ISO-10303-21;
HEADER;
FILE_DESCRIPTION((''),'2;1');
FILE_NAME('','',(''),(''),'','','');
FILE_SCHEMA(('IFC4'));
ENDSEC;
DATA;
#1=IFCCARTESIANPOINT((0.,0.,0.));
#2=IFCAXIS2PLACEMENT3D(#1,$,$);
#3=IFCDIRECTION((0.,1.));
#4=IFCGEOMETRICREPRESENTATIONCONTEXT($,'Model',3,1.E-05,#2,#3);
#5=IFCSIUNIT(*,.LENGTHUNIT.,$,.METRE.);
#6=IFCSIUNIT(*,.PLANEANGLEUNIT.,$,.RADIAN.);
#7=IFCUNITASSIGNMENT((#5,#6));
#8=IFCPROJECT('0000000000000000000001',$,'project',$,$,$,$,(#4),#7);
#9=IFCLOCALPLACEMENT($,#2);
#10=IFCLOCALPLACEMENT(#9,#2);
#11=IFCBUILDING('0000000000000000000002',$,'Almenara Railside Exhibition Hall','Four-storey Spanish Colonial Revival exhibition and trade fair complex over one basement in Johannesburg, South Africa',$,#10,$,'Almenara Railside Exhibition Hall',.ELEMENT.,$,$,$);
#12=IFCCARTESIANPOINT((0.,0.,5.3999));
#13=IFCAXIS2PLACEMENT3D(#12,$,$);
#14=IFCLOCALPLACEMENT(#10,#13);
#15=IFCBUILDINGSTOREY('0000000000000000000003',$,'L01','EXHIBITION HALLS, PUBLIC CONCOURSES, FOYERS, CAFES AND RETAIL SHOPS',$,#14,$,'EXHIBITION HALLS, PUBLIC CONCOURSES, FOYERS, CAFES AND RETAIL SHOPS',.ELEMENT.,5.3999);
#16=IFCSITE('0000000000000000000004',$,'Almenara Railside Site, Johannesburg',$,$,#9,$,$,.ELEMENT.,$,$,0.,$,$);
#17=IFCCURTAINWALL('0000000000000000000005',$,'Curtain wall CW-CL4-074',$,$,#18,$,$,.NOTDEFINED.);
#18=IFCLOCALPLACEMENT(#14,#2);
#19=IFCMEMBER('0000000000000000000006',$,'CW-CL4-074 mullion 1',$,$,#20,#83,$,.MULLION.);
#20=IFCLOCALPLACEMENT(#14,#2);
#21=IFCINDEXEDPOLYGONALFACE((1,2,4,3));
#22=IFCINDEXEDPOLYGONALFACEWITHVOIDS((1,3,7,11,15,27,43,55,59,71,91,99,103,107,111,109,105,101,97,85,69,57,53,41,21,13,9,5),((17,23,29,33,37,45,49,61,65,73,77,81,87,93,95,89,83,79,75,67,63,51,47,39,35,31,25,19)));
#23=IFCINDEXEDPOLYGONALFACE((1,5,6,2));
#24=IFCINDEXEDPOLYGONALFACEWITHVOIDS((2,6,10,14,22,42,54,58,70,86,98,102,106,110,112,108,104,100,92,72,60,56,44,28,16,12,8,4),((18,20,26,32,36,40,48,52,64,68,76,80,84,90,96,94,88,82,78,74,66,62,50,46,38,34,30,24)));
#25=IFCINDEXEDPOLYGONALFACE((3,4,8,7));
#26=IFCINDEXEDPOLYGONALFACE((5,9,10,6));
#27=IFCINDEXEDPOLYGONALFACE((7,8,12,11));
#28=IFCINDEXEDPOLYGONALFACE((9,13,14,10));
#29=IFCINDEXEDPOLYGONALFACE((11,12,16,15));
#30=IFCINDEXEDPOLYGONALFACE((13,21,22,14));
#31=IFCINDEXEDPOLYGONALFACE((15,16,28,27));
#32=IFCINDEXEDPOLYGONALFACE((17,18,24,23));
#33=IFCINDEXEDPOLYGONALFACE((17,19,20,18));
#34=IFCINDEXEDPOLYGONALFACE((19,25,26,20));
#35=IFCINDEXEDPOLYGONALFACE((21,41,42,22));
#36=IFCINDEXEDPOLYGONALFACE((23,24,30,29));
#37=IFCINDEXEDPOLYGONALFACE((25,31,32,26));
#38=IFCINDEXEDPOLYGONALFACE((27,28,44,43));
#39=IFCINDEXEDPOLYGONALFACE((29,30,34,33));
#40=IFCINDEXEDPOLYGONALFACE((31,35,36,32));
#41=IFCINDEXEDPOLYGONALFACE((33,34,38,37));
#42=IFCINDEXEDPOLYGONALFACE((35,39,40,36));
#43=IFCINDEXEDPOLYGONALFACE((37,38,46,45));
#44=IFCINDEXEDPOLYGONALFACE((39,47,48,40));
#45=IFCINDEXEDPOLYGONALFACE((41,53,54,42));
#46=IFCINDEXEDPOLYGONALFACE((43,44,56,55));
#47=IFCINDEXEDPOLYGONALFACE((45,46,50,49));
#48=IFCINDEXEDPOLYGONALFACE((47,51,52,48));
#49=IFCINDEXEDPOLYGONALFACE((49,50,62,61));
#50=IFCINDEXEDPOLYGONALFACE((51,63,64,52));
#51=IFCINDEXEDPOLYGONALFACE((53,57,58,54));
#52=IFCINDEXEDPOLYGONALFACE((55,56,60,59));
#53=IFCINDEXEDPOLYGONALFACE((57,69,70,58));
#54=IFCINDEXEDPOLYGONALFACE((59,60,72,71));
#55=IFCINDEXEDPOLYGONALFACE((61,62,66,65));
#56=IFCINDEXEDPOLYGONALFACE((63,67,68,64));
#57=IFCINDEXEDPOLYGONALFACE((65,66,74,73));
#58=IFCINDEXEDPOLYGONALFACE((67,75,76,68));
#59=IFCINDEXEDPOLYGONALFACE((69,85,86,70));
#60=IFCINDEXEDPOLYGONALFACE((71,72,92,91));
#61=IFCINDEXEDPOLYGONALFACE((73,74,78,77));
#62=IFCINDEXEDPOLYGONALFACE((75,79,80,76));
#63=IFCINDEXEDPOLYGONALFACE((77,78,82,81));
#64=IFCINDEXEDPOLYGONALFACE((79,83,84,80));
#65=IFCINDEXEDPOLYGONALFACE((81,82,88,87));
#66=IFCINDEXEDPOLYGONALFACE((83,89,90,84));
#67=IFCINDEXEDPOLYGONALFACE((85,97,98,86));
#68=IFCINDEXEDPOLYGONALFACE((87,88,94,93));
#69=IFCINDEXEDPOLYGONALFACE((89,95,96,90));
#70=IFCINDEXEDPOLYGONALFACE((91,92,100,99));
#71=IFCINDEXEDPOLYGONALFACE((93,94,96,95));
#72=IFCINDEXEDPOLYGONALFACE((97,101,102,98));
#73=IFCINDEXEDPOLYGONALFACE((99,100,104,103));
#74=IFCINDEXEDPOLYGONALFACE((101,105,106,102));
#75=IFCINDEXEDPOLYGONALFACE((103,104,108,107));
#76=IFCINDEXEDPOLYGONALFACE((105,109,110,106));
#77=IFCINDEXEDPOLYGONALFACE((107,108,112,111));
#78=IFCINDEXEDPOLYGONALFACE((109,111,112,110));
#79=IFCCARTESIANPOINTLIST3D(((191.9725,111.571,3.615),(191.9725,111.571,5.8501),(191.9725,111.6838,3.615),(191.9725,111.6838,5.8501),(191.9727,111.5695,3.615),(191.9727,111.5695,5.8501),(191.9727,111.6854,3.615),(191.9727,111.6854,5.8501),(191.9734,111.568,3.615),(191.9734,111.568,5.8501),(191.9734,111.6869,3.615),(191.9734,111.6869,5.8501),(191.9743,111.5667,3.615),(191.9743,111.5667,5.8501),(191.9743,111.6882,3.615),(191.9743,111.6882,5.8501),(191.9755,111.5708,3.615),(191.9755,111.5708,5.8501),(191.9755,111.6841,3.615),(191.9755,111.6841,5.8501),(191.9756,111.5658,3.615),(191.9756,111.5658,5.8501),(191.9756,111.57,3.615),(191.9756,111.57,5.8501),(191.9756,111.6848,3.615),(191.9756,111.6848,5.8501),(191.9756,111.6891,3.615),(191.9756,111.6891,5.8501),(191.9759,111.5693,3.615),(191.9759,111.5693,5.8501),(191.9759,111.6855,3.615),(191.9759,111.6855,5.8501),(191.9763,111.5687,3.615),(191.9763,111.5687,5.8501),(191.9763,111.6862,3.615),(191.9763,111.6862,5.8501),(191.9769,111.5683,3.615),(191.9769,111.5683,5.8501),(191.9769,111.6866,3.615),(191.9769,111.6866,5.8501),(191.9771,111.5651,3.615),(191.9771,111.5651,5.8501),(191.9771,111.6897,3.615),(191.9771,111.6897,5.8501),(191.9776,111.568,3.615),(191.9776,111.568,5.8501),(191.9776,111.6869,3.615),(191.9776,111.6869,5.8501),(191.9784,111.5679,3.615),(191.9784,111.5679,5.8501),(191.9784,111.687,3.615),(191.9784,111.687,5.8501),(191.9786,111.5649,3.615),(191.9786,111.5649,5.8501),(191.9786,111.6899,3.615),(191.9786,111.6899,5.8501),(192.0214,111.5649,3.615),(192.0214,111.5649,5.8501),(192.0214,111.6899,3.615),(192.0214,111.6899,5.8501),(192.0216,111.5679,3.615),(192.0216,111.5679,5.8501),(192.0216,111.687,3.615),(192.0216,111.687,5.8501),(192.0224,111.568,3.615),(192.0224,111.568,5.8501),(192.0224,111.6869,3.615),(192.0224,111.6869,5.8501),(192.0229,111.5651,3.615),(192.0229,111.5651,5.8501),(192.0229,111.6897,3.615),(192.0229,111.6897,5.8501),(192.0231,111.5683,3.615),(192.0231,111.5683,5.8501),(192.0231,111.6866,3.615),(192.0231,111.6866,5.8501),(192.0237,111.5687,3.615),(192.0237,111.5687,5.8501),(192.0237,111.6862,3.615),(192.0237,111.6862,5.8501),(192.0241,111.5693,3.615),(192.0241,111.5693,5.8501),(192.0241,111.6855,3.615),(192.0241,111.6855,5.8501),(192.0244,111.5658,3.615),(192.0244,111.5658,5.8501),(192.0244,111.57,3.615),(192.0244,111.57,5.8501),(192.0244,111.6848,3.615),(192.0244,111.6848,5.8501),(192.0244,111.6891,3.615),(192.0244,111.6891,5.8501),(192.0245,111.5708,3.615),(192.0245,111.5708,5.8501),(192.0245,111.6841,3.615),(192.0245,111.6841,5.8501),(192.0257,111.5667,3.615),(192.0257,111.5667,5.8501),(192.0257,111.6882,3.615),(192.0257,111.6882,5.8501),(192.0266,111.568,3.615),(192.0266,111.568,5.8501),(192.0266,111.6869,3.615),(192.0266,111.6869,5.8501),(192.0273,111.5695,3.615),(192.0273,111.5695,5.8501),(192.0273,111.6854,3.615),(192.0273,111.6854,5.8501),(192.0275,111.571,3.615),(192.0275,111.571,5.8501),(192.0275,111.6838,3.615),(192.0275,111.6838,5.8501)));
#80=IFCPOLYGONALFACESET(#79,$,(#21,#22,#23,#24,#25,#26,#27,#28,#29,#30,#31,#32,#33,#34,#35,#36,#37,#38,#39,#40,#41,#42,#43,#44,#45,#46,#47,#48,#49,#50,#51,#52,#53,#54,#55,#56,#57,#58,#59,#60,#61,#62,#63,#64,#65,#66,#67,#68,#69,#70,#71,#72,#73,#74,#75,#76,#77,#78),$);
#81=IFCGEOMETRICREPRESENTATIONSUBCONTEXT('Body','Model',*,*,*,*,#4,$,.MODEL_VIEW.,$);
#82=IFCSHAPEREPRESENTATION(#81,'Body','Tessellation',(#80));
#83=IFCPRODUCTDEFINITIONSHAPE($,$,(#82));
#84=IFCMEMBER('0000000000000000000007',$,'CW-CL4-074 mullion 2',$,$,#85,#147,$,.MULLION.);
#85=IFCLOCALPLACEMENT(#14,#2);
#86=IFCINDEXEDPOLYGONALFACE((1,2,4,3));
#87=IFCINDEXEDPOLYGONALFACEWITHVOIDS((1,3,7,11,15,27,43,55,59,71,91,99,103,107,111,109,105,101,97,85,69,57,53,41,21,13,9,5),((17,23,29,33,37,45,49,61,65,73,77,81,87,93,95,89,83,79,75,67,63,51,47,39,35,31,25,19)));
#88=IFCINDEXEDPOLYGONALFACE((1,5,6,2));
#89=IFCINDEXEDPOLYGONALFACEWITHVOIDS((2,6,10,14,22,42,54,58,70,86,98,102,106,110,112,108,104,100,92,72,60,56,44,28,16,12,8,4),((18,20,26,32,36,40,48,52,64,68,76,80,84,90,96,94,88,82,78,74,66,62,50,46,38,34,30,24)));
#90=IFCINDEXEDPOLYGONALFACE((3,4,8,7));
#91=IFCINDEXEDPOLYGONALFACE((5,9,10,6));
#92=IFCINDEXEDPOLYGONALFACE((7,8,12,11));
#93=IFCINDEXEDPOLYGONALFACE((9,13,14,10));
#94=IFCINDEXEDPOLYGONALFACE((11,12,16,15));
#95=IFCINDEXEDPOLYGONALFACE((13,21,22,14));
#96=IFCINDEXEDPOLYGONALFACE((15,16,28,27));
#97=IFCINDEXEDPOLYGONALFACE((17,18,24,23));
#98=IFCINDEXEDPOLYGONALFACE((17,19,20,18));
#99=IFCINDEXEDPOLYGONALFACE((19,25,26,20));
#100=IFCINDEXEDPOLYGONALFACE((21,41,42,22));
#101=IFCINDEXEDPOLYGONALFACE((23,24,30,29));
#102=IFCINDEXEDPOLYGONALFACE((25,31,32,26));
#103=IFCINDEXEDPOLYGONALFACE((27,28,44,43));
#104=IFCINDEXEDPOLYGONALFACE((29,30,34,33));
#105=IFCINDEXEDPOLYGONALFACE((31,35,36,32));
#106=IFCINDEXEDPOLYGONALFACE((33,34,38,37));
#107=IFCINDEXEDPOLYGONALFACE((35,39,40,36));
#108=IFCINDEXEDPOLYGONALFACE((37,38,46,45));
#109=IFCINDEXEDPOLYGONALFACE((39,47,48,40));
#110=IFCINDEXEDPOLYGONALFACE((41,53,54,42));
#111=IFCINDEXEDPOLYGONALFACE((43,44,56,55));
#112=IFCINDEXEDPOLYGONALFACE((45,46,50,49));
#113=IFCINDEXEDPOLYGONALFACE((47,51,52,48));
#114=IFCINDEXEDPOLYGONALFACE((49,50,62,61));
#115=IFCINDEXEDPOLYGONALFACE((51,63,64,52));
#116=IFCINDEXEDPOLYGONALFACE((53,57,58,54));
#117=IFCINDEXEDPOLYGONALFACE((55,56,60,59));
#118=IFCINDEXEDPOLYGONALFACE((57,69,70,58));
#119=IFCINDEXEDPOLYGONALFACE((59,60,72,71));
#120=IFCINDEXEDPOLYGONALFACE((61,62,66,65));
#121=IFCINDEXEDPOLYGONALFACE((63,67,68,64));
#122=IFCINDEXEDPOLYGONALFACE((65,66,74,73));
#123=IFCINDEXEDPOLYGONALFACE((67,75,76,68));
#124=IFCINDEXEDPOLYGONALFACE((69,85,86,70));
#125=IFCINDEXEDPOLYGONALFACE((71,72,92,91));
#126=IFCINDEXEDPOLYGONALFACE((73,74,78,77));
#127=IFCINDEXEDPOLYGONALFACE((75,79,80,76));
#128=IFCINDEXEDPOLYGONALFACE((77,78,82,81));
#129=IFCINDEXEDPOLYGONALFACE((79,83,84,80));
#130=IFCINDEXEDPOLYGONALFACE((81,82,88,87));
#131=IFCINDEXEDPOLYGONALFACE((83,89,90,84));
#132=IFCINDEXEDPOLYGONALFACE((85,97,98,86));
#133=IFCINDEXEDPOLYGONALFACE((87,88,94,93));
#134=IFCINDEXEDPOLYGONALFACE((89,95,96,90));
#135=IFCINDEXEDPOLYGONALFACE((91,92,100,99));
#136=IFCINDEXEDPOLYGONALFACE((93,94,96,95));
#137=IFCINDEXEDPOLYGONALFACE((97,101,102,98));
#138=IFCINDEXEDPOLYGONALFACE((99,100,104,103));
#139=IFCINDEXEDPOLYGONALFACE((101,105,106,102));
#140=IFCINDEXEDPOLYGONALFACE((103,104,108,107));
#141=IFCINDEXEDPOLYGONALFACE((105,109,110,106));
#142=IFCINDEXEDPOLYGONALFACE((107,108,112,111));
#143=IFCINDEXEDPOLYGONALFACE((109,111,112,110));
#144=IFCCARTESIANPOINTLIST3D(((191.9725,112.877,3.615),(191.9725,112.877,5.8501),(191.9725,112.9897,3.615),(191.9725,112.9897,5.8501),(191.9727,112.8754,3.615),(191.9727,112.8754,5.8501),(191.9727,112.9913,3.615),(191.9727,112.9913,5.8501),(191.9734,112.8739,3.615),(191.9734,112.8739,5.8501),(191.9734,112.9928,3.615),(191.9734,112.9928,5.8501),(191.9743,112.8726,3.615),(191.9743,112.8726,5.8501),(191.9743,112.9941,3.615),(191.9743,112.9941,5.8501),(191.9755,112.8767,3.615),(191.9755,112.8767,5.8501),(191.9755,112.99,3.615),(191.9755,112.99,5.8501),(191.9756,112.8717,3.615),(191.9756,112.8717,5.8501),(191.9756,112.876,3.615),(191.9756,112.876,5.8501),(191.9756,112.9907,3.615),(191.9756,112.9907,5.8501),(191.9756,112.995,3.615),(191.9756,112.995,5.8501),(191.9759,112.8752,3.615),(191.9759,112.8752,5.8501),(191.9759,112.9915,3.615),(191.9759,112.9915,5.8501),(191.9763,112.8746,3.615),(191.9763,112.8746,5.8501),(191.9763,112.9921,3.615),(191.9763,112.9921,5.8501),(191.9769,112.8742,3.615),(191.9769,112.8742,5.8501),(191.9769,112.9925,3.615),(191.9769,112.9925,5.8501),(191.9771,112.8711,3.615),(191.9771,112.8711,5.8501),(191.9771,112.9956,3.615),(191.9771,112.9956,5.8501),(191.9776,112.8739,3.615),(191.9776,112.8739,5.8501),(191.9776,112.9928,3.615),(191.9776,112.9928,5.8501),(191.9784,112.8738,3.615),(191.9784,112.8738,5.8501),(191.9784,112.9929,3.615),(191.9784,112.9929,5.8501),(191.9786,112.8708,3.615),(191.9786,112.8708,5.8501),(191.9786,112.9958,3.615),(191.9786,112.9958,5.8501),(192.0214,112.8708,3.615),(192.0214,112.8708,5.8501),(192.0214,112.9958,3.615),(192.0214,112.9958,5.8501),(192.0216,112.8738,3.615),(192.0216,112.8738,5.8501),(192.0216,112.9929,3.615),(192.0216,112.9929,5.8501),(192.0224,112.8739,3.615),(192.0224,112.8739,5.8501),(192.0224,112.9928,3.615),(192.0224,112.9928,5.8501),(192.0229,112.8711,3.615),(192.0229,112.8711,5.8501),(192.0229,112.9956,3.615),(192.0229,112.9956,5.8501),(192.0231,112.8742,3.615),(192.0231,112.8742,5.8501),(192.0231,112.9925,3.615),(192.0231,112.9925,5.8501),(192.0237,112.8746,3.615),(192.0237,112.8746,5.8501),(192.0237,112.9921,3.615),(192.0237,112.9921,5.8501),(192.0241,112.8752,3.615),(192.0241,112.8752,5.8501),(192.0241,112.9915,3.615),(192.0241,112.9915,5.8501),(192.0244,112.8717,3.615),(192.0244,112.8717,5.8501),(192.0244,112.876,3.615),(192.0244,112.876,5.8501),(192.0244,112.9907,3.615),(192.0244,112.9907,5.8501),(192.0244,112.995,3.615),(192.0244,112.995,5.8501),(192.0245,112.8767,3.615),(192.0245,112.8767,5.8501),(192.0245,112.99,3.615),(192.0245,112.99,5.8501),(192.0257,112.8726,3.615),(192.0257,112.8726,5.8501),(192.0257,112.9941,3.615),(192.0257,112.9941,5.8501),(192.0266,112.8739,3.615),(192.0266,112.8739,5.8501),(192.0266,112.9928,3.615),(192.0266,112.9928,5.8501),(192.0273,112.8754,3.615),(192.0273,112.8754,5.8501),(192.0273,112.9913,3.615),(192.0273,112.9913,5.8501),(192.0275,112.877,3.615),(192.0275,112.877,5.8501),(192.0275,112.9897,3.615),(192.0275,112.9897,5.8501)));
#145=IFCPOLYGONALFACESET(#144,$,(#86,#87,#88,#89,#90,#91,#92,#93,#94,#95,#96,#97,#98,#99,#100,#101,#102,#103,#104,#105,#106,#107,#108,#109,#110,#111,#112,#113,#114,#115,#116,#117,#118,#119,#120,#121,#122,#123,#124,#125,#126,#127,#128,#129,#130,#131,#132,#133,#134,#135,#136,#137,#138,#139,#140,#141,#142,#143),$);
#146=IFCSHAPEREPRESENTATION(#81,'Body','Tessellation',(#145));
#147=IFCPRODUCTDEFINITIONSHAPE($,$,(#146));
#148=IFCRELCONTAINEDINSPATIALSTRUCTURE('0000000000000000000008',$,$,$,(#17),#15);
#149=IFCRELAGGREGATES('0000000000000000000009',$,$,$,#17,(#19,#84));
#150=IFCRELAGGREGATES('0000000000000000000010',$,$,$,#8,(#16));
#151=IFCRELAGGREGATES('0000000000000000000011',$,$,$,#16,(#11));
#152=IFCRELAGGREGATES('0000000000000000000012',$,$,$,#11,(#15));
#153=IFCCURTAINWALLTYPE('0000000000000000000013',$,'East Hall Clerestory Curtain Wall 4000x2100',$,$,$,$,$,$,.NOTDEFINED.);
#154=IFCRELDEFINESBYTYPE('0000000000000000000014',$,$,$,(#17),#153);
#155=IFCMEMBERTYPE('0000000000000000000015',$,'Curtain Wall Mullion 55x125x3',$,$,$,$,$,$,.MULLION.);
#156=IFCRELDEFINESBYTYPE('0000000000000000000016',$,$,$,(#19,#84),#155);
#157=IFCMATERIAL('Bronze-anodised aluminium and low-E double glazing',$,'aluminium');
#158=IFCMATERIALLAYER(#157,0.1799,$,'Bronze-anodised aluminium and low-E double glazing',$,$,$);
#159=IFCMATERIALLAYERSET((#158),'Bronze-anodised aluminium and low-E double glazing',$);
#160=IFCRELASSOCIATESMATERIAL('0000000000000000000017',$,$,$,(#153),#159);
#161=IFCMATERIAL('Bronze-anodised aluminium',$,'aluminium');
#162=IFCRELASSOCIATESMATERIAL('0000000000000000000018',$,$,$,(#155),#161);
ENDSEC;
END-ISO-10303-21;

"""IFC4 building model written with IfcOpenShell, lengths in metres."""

from ifc_helpers import new_model, si_unit, direction, frame, origin, origin_2d, place, context, subcontext, project, spatial, hollow_rectangle, extrude, material, layer, layer_set, material_profile, profile_set, type_object, element, aggregate, save


model = new_model("IFC4")

# Units and contexts
model_context = context("Model", 3, precision=1e-05, world=origin(), true_north=direction((0.0, 1.0)))
body_context = subcontext(model_context, "Body", "Model", "MODEL_VIEW")
ifc_project = project(units=[si_unit("LENGTHUNIT", "METRE"), si_unit("PLANEANGLEUNIT", "RADIAN")], contexts=[model_context])

# Site, building, storey
site_placement = place(None, origin())
site = spatial("IfcSite", under=ifc_project, at=site_placement, Name="Almenara Railside Site, Johannesburg", CompositionType="ELEMENT", RefElevation=0.0)
building_placement = place(site_placement, origin())
building = spatial("IfcBuilding", under=site, at=building_placement, Name="Almenara Railside Exhibition Hall", Description="Four-storey Spanish Colonial Revival exhibition and trade fair complex over one basement in Johannesburg, South Africa", LongName="Almenara Railside Exhibition Hall", CompositionType="ELEMENT")
storey_placement = place(building_placement, frame((0.0, 0.0, 5.3999)))
storey = spatial("IfcBuildingStorey", under=building, at=storey_placement, Name="L01", Description="EXHIBITION HALLS, PUBLIC CONCOURSES, FOYERS, CAFES AND RETAIL SHOPS", LongName="EXHIBITION HALLS, PUBLIC CONCOURSES, FOYERS, CAFES AND RETAIL SHOPS", CompositionType="ELEMENT", Elevation=5.3999)

# Curtain wall, members
ifc_material_1 = material(Name="Bronze-anodised aluminium and low-E double glazing", Category="aluminium")
ifc_layer_1 = layer(ifc_material_1, 0.1799, Name="Bronze-anodised aluminium and low-E double glazing")
ifc_layer_set_1 = layer_set([ifc_layer_1], Name="Bronze-anodised aluminium and low-E double glazing")
curtain_wall_type = type_object("IfcCurtainWallType", Name="East Hall Clerestory Curtain Wall 4000x2100", PredefinedType="NOTDEFINED", material=ifc_layer_set_1)
curtain_wall_1_placement = place(storey_placement, origin())
curtain_wall_1 = element("IfcCurtainWall", 1, at=curtain_wall_1_placement, inside=storey, type_object=curtain_wall_type, Name="Curtain wall CW-CL4-074", PredefinedType="NOTDEFINED")
ifc_material_2 = material(Name="Bronze-anodised aluminium", Category="aluminium")
ifc_material_profile_1 = material_profile(ifc_material_2, hollow_rectangle(XDim=0.0549, YDim=0.125, WallThickness=0.0029, InnerFilletRadius=0.0029, OuterFilletRadius=0.0061, at=origin_2d()), Name="ALU-MUL 55x125x3")
ifc_profile_set_1 = profile_set([ifc_material_profile_1], Name="Bronze-anodised aluminium")
member_type_1 = type_object("IfcMemberType", Name="Curtain Wall Mullion 55x125x3", PredefinedType="MULLION", material=ifc_profile_set_1)
member_1_placement = place(storey_placement, frame((192.0, 111.6274, 3.615), z_axis=(0.0, 0.0, 1.0), x_axis=(-1.0, 0.0, 0.0)))
member_1 = element("IfcMember", 2, at=member_1_placement, type_object=member_type_1, Name="CW-CL4-074 mullion 1", PredefinedType="MULLION", context=body_context, shape_type="SweptSolid", body=[
    extrude(hollow_rectangle(XDim=0.0549, YDim=0.125, WallThickness=0.0029, InnerFilletRadius=0.0029, OuterFilletRadius=0.0061, at=origin_2d()), origin(), (0.0, 0.0, 1.0), 2.2351),
])
member_2_placement = place(storey_placement, frame((192.0, 112.9333, 3.615), z_axis=(0.0, 0.0, 1.0), x_axis=(-1.0, 0.0, 0.0)))
member_2 = element("IfcMember", 3, at=member_2_placement, type_object=member_type_1, Name="CW-CL4-074 mullion 2", PredefinedType="MULLION", context=body_context, shape_type="SweptSolid", body=[
    extrude(hollow_rectangle(XDim=0.0549, YDim=0.125, WallThickness=0.0029, InnerFilletRadius=0.0029, OuterFilletRadius=0.0061, at=origin_2d()), origin(), (0.0, 0.0, 1.0), 2.2351),
])

aggregate(curtain_wall_1, [member_1, member_2])

save(model, "model.ifc")
